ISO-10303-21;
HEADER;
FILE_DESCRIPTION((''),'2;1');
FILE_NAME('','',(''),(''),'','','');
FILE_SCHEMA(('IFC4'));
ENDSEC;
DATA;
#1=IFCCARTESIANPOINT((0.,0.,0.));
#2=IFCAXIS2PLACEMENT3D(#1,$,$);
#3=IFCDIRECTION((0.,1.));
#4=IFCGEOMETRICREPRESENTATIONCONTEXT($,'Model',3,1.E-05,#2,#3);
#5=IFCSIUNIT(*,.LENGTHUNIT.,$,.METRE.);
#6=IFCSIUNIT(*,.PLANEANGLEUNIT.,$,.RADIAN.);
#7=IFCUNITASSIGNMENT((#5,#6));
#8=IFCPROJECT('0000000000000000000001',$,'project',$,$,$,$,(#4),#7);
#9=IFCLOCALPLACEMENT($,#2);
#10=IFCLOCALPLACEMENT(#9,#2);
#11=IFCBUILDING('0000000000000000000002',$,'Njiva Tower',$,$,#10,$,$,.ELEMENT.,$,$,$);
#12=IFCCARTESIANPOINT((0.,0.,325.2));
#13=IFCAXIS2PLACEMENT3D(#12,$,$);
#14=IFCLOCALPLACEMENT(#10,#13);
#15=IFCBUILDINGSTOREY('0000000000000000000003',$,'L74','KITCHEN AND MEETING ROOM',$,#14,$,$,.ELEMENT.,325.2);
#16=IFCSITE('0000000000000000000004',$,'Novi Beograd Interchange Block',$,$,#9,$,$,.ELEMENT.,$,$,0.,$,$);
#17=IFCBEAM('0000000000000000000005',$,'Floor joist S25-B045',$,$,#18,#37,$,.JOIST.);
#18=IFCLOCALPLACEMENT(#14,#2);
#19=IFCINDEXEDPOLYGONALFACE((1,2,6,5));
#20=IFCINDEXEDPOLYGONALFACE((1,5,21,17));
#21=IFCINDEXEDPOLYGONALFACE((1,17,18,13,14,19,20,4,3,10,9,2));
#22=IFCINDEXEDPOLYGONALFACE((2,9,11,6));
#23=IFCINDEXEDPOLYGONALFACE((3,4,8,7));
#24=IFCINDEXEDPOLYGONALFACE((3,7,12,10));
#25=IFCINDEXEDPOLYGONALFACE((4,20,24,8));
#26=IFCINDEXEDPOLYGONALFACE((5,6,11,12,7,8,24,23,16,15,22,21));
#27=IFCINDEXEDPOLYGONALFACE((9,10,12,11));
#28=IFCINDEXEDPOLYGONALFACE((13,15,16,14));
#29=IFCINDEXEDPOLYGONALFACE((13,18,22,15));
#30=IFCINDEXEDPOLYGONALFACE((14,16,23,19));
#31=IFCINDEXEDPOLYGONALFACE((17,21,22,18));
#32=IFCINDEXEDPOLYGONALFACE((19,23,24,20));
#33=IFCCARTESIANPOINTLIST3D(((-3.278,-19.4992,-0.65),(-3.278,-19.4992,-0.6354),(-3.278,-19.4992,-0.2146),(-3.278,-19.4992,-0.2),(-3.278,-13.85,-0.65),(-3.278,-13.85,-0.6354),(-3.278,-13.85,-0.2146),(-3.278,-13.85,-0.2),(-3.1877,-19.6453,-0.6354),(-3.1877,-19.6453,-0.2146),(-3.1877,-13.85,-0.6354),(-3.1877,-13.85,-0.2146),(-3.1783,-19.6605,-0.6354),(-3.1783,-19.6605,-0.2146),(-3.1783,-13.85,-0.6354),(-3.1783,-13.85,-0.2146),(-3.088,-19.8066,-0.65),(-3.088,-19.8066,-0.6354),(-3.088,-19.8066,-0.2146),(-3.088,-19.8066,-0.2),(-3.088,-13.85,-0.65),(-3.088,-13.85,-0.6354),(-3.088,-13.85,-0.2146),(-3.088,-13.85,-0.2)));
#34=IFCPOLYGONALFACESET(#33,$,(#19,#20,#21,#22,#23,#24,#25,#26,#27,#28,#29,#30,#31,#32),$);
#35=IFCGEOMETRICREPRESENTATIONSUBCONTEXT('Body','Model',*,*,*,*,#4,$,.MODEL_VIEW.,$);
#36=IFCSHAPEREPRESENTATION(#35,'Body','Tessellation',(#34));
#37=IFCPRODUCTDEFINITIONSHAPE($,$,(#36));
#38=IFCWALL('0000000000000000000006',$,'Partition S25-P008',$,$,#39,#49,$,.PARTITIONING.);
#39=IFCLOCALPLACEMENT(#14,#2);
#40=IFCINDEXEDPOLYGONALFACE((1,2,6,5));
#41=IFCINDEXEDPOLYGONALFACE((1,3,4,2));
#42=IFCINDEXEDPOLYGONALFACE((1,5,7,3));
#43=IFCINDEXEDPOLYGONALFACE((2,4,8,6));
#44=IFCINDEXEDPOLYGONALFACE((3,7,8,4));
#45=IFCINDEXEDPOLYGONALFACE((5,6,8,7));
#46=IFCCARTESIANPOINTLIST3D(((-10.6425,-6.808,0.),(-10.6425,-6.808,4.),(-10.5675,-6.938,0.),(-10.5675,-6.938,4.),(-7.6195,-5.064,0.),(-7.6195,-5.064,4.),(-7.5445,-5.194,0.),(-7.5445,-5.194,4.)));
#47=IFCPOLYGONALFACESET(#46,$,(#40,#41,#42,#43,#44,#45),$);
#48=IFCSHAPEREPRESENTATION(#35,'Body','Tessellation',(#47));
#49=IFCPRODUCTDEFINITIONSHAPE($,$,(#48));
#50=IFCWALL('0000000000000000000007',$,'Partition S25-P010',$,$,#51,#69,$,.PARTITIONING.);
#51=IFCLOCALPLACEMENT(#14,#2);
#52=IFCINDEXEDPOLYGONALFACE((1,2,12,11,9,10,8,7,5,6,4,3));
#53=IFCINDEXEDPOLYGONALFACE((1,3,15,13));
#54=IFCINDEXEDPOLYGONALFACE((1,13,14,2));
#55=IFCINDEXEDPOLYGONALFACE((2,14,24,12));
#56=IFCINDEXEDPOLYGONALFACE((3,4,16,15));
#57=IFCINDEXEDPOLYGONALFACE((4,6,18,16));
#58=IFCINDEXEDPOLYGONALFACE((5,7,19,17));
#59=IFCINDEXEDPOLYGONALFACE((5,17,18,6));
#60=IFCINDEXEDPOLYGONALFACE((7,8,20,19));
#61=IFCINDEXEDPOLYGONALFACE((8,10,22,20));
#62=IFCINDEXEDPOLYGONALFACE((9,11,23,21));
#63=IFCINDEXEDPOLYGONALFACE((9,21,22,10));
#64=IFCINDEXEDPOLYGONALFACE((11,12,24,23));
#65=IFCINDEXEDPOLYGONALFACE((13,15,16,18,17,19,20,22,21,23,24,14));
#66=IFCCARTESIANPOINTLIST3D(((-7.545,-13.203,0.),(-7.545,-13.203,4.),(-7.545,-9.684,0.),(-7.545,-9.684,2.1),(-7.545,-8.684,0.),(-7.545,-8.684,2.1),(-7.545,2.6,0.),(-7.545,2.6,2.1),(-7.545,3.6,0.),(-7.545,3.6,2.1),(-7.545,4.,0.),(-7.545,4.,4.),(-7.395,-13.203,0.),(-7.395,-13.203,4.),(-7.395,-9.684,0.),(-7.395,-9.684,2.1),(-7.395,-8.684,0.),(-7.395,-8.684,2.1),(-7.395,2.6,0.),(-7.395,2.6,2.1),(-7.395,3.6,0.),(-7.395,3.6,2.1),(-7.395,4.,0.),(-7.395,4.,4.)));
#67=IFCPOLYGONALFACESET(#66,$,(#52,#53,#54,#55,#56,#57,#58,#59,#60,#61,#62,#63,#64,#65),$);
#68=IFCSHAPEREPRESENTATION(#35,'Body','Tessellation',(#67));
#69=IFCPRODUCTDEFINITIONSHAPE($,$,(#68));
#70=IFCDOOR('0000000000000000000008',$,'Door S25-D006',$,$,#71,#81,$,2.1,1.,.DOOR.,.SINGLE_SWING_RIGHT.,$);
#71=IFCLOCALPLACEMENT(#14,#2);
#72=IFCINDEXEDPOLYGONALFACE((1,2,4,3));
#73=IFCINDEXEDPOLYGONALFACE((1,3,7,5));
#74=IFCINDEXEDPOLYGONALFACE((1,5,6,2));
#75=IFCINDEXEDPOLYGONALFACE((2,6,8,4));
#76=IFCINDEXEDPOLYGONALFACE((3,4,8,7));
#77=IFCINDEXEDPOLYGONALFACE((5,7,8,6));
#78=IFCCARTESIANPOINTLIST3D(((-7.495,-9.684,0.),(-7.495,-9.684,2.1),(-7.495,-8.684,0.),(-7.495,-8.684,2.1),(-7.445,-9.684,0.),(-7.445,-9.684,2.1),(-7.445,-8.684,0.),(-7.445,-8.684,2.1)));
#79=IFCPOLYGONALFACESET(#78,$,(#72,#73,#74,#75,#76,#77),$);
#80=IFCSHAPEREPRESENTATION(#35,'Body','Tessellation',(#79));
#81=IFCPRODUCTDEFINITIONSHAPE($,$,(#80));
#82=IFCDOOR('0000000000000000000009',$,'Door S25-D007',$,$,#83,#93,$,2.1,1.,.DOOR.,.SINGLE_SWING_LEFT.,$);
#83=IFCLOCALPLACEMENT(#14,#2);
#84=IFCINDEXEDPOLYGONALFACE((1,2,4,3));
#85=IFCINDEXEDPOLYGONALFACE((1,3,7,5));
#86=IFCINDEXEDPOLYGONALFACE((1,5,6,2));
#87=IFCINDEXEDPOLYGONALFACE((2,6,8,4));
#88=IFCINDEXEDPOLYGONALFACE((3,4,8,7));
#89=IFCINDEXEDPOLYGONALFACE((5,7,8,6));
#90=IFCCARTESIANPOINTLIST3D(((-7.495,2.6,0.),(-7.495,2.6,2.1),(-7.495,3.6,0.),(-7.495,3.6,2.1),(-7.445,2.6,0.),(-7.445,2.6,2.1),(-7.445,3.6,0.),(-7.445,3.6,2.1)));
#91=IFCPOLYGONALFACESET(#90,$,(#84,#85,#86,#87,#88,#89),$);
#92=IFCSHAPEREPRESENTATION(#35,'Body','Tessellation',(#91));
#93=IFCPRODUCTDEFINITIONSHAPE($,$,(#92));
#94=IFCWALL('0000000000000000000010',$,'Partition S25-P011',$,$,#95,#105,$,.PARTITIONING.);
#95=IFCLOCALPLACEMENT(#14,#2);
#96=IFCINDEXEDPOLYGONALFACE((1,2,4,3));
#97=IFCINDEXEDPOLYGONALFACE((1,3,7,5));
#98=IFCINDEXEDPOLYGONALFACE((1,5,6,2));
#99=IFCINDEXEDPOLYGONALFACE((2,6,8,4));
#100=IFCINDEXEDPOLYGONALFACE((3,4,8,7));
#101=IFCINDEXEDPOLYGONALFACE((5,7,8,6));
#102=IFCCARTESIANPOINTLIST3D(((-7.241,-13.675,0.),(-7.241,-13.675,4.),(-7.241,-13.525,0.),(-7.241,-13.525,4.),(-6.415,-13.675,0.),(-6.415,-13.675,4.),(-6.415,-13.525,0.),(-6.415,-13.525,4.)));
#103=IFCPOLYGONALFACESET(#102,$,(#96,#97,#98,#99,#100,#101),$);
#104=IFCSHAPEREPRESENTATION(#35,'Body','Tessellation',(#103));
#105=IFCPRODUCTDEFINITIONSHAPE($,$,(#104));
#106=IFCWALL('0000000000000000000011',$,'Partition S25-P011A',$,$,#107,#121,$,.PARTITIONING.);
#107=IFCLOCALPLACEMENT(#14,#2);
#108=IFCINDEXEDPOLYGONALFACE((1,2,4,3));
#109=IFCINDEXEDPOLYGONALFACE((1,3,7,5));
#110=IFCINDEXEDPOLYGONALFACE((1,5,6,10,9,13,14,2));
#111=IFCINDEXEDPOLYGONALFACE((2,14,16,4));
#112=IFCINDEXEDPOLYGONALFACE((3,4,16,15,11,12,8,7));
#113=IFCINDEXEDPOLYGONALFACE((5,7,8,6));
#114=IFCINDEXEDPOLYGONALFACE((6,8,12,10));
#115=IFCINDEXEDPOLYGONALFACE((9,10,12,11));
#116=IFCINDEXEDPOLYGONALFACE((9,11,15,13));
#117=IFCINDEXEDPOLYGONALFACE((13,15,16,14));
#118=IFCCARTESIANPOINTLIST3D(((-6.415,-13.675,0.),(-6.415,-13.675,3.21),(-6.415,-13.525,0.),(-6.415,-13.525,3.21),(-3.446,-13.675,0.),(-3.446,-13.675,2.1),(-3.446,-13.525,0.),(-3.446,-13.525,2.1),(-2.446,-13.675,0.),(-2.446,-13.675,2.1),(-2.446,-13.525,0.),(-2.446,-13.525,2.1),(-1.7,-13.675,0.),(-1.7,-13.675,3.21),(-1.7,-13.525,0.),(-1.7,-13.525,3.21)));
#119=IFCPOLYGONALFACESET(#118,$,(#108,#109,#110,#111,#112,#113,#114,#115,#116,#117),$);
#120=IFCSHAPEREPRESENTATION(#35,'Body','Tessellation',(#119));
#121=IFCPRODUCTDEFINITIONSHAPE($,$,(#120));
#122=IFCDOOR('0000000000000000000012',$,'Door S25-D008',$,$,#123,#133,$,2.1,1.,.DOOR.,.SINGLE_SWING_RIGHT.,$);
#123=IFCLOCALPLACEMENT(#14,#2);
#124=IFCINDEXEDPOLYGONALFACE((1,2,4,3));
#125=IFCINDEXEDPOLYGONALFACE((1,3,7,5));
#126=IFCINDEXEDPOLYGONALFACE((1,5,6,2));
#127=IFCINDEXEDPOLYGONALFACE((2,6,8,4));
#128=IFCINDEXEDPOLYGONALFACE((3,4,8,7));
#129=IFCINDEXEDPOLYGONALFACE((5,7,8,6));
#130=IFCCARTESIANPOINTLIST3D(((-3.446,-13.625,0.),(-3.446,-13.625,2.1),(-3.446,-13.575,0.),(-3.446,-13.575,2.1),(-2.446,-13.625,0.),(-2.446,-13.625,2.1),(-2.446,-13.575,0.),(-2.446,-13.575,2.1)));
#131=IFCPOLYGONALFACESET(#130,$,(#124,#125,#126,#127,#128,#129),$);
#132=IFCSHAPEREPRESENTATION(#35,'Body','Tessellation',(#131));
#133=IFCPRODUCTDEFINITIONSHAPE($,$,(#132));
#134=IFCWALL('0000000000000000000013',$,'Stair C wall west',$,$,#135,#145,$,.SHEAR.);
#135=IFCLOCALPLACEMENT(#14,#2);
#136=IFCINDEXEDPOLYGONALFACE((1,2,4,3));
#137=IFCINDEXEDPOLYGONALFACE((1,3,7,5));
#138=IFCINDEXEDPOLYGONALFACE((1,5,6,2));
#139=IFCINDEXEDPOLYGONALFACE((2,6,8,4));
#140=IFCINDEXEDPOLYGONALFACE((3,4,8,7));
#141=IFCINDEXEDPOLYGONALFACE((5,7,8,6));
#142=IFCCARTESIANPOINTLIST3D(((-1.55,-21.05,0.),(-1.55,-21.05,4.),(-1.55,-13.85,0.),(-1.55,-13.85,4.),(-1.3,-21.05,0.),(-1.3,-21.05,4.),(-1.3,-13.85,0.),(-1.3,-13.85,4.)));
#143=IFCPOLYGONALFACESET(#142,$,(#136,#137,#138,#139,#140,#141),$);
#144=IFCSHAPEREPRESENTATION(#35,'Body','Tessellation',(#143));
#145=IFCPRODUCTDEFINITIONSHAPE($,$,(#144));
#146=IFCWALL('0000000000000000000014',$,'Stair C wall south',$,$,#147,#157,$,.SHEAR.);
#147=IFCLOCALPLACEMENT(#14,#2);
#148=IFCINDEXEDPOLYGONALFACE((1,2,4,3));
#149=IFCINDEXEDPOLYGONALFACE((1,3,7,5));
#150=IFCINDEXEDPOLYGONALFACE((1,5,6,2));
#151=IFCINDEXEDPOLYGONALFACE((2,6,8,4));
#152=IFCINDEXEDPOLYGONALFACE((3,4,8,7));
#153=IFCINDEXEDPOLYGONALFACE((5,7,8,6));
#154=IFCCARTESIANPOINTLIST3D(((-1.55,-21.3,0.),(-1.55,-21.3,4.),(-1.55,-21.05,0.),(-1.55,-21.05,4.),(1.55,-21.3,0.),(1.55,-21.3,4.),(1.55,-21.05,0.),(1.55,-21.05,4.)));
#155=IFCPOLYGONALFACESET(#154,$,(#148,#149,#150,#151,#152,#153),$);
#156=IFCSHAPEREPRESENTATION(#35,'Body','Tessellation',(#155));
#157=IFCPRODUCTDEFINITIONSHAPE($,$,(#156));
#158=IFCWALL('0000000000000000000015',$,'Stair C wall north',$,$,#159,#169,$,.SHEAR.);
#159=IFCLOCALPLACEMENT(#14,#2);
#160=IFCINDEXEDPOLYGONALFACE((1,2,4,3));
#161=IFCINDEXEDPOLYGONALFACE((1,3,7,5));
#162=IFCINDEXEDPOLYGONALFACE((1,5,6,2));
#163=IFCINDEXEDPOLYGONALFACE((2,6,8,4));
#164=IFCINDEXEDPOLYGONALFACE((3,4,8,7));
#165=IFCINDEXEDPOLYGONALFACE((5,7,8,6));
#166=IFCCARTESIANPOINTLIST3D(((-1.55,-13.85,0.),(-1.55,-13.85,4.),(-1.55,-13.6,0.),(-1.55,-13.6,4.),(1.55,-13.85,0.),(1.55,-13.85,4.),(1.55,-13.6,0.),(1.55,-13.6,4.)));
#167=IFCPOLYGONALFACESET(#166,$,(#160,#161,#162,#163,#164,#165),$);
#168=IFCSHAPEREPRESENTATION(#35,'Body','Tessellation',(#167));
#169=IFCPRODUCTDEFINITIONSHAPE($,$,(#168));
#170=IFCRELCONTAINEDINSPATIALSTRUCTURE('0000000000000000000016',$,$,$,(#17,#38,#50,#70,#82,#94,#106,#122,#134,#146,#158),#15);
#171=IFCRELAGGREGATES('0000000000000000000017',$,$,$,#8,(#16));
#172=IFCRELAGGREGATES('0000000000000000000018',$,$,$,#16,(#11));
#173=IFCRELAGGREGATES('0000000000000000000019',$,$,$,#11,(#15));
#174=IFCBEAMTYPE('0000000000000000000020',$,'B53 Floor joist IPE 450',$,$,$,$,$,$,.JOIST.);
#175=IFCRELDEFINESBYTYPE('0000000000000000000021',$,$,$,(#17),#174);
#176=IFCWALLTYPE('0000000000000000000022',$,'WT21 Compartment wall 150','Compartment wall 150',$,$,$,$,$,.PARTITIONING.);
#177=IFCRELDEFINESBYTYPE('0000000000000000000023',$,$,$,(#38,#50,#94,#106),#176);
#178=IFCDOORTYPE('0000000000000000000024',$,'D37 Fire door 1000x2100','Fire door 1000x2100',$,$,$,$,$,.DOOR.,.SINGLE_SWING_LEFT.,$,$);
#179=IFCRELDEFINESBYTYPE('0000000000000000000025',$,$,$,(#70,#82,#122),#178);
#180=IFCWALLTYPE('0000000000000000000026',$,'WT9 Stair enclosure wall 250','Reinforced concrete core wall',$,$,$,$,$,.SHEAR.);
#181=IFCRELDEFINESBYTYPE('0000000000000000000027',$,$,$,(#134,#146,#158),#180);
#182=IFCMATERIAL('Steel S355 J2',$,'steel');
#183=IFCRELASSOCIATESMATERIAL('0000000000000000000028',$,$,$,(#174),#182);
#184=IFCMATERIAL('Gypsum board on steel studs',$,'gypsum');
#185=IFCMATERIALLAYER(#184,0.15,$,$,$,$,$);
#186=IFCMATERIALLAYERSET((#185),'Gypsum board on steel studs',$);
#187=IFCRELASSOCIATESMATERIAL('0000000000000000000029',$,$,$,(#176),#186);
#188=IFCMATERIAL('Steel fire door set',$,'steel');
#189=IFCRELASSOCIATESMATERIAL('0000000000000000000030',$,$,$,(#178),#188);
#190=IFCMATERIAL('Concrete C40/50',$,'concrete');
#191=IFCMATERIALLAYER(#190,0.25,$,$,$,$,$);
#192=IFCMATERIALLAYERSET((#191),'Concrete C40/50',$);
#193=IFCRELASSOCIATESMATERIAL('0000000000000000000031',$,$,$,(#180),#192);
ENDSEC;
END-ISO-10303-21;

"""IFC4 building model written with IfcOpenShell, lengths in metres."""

from ifc_helpers import new_model, si_unit, direction, frame, frame_2d, origin, origin_2d, place, context, subcontext, project, spatial, rectangle, i_section, extrude, clip, halfspace, material, layer, layer_set, material_profile, profile_set, type_object, element, fill, save


model = new_model("IFC4")

# Units and contexts
model_context = context("Model", 3, precision=1e-05, world=origin(), true_north=direction((0.0, 1.0)))
body_context = subcontext(model_context, "Body", "Model", "MODEL_VIEW")
ifc_project = project(units=[si_unit("LENGTHUNIT", "METRE"), si_unit("PLANEANGLEUNIT", "RADIAN")], contexts=[model_context])

# Site, building, storey
site_placement = place(None, origin())
site = spatial("IfcSite", under=ifc_project, at=site_placement, Name="Novi Beograd Interchange Block", CompositionType="ELEMENT", RefElevation=0.0)
building_placement = place(site_placement, origin())
building = spatial("IfcBuilding", under=site, at=building_placement, Name="Njiva Tower", CompositionType="ELEMENT")
storey_placement = place(building_placement, frame((0.0, 0.0, 325.2)))
storey = spatial("IfcBuildingStorey", under=building, at=storey_placement, Name="L74", Description="KITCHEN AND MEETING ROOM", CompositionType="ELEMENT", Elevation=325.2)

# Shared definitions
ifc_material_1 = material(Name="Steel S355 J2", Category="steel")

# Beam
ifc_material_profile_1 = material_profile(ifc_material_1, i_section(OverallWidth=0.19, OverallDepth=0.45, WebThickness=0.0094, FlangeThickness=0.0146, at=origin_2d()), Name="IPE 450")
ifc_profile_set_1 = profile_set([ifc_material_profile_1], Name="Steel S355 J2")
beam_type_1 = type_object("IfcBeamType", Name="B53 Floor joist IPE 450", PredefinedType="JOIST", material=ifc_profile_set_1)
beam_1_placement = place(storey_placement, frame((-3.183, -13.85, -0.425), z_axis=(0.0, -1.0, 0.0), x_axis=(1.0, 0.0, 0.0)))
element("IfcBeam", 1, at=beam_1_placement, inside=storey, type_object=beam_type_1, Name="Floor joist S25-B045", PredefinedType="JOIST", context=body_context, shape_type="Clipping", body=[
    clip(extrude(i_section(OverallWidth=0.19, OverallDepth=0.45, WebThickness=0.0094, FlangeThickness=0.0146, at=origin_2d()), origin(), (0.0, 0.0, 1.0), 5.976), halfspace(frame((-0.0429, 0.0, 5.7335), z_axis=(-0.850616, 0.0, 0.525788), x_axis=(0.0, 1.0, 0.0)), False)),
])

# Wall
ifc_material_2 = material(Name="Gypsum board on steel studs", Category="gypsum")
ifc_layer_1 = layer(ifc_material_2, 0.15)
ifc_layer_set_1 = layer_set([ifc_layer_1], Name="Gypsum board on steel studs")
wall_type_1 = type_object("IfcWallType", Name="WT21 Compartment wall 150", Description="Compartment wall 150", PredefinedType="PARTITIONING", material=ifc_layer_set_1)
wall_1_placement = place(storey_placement, frame((-10.605, -6.873, 0.0), z_axis=(0.0, 0.0, 1.0), x_axis=(0.86619, 0.499714, 0.0)))
element("IfcWall", 2, at=wall_1_placement, inside=storey, type_object=wall_type_1, Name="Partition S25-P008", PredefinedType="PARTITIONING", context=body_context, shape_type="SweptSolid", body=[
    extrude(rectangle(XDim=3.49, YDim=0.15, at=frame_2d((1.745, 0.0))), origin(), (0.0, 0.0, 1.0), 4.0),
])

# Wall, openings, doors
wall_2_placement = place(storey_placement, frame((-7.47, -13.203, 0.0), z_axis=(0.0, 0.0, 1.0), x_axis=(0.0, 1.0, 0.0)))
wall_2 = element("IfcWall", 3, at=wall_2_placement, inside=storey, type_object=wall_type_1, Name="Partition S25-P010", PredefinedType="PARTITIONING", context=body_context, shape_type="SweptSolid", body=[
    extrude(rectangle(XDim=17.203, YDim=0.15, at=frame_2d((8.6015, 0.0))), origin(), (0.0, 0.0, 1.0), 4.0),
])
opening_1_placement = place(wall_2_placement, frame((3.519, 0.0, 0.0)))
opening_1 = element("IfcOpeningElement", 4, at=opening_1_placement, cuts=wall_2, PredefinedType="OPENING", context=body_context, shape_type="SweptSolid", body=[
    extrude(rectangle(XDim=1.0, YDim=2.1, at=frame_2d((0.5, 1.05))), frame((0.0, 0.085, 0.0), z_axis=(0.0, -1.0, 0.0), x_axis=(1.0, 0.0, 0.0)), (0.0, 0.0, 1.0), 0.17),
])
opening_2_placement = place(wall_2_placement, frame((15.803, 0.0, 0.0)))
opening_2 = element("IfcOpeningElement", 5, at=opening_2_placement, cuts=wall_2, PredefinedType="OPENING", context=body_context, shape_type="SweptSolid", body=[
    extrude(rectangle(XDim=1.0, YDim=2.1, at=frame_2d((0.5, 1.05))), frame((0.0, 0.085, 0.0), z_axis=(0.0, -1.0, 0.0), x_axis=(1.0, 0.0, 0.0)), (0.0, 0.0, 1.0), 0.17),
])
ifc_material_3 = material(Name="Steel fire door set", Category="steel")
door_type = type_object("IfcDoorType", Name="D37 Fire door 1000x2100", Description="Fire door 1000x2100", OperationType="SINGLE_SWING_LEFT", PredefinedType="DOOR", material=ifc_material_3)
door_1_placement = place(opening_1_placement, origin())
door_1 = element("IfcDoor", 6, at=door_1_placement, inside=storey, type_object=door_type, Name="Door S25-D006", OperationType="SINGLE_SWING_RIGHT", OverallHeight=2.1, OverallWidth=1.0, PredefinedType="DOOR", context=body_context, shape_type="SweptSolid", body=[
    extrude(rectangle(XDim=1.0, YDim=2.1, at=frame_2d((0.5, 1.05))), frame((0.0, 0.025, 0.0), z_axis=(0.0, -1.0, 0.0), x_axis=(1.0, 0.0, 0.0)), (0.0, 0.0, 1.0), 0.05),
])
fill(opening_1, door_1)
door_2_placement = place(opening_2_placement, origin())
door_2 = element("IfcDoor", 7, at=door_2_placement, inside=storey, type_object=door_type, Name="Door S25-D007", OperationType="SINGLE_SWING_LEFT", OverallHeight=2.1, OverallWidth=1.0, PredefinedType="DOOR", context=body_context, shape_type="SweptSolid", body=[
    extrude(rectangle(XDim=1.0, YDim=2.1, at=frame_2d((0.5, 1.05))), frame((0.0, 0.025, 0.0), z_axis=(0.0, -1.0, 0.0), x_axis=(1.0, 0.0, 0.0)), (0.0, 0.0, 1.0), 0.05),
])
fill(opening_2, door_2)

# Wall
wall_3_placement = place(storey_placement, frame((-7.241, -13.6, 0.0), z_axis=(0.0, 0.0, 1.0), x_axis=(1.0, 0.0, 0.0)))
element("IfcWall", 8, at=wall_3_placement, inside=storey, type_object=wall_type_1, Name="Partition S25-P011", PredefinedType="PARTITIONING", context=body_context, shape_type="SweptSolid", body=[
    extrude(rectangle(XDim=0.826, YDim=0.15, at=frame_2d((0.413, 0.0))), origin(), (0.0, 0.0, 1.0), 4.0),
])

# Wall, opening, door
wall_4_placement = place(storey_placement, frame((-6.415, -13.6, 0.0), z_axis=(0.0, 0.0, 1.0), x_axis=(1.0, 0.0, 0.0)))
wall_4 = element("IfcWall", 9, at=wall_4_placement, inside=storey, type_object=wall_type_1, Name="Partition S25-P011A", PredefinedType="PARTITIONING", context=body_context, shape_type="SweptSolid", body=[
    extrude(rectangle(XDim=4.715, YDim=0.15, at=frame_2d((2.3575, 0.0))), origin(), (0.0, 0.0, 1.0), 3.21),
])
opening_3_placement = place(wall_4_placement, frame((2.969, 0.0, 0.0)))
opening_3 = element("IfcOpeningElement", 10, at=opening_3_placement, cuts=wall_4, PredefinedType="OPENING", context=body_context, shape_type="SweptSolid", body=[
    extrude(rectangle(XDim=1.0, YDim=2.1, at=frame_2d((0.5, 1.05))), frame((0.0, 0.085, 0.0), z_axis=(0.0, -1.0, 0.0), x_axis=(1.0, 0.0, 0.0)), (0.0, 0.0, 1.0), 0.17),
])
door_3_placement = place(opening_3_placement, origin())
door_3 = element("IfcDoor", 11, at=door_3_placement, inside=storey, type_object=door_type, Name="Door S25-D008", OperationType="SINGLE_SWING_RIGHT", OverallHeight=2.1, OverallWidth=1.0, PredefinedType="DOOR", context=body_context, shape_type="SweptSolid", body=[
    extrude(rectangle(XDim=1.0, YDim=2.1, at=frame_2d((0.5, 1.05))), frame((0.0, 0.025, 0.0), z_axis=(0.0, -1.0, 0.0), x_axis=(1.0, 0.0, 0.0)), (0.0, 0.0, 1.0), 0.05),
])
fill(opening_3, door_3)

# Walls
ifc_material_4 = material(Name="Concrete C40/50", Category="concrete")
ifc_layer_2 = layer(ifc_material_4, 0.25)
ifc_layer_set_2 = layer_set([ifc_layer_2], Name="Concrete C40/50")
wall_type_2 = type_object("IfcWallType", Name="WT9 Stair enclosure wall 250", Description="Reinforced concrete core wall", PredefinedType="SHEAR", material=ifc_layer_set_2)
wall_5_placement = place(storey_placement, frame((-1.425, -21.05, 0.0), z_axis=(0.0, 0.0, 1.0), x_axis=(0.0, 1.0, 0.0)))
element("IfcWall", 12, at=wall_5_placement, inside=storey, type_object=wall_type_2, Name="Stair C wall west", PredefinedType="SHEAR", context=body_context, shape_type="SweptSolid", body=[
    extrude(rectangle(XDim=7.2, YDim=0.25, at=frame_2d((3.6, 0.0))), origin(), (0.0, 0.0, 1.0), 4.0),
])
for number, where, z_axis, x_axis, name in (
    (13, (-1.55, -21.175, 0.0), (0.0, 0.0, 1.0), (1.0, 0.0, 0.0), "Stair C wall south"),
    (14, (-1.55, -13.725, 0.0), (0.0, 0.0, 1.0), (1.0, 0.0, 0.0), "Stair C wall north"),
):
    element("IfcWall", number, at=place(storey_placement, frame(where, z_axis=z_axis, x_axis=x_axis)), inside=storey, type_object=wall_type_2, Name=name, PredefinedType="SHEAR", context=body_context, shape_type="SweptSolid", body=[
        extrude(rectangle(XDim=3.1, YDim=0.25, at=frame_2d((1.55, 0.0))), origin(), (0.0, 0.0, 1.0), 4.0),
    ])

save(model, "model.ifc")
